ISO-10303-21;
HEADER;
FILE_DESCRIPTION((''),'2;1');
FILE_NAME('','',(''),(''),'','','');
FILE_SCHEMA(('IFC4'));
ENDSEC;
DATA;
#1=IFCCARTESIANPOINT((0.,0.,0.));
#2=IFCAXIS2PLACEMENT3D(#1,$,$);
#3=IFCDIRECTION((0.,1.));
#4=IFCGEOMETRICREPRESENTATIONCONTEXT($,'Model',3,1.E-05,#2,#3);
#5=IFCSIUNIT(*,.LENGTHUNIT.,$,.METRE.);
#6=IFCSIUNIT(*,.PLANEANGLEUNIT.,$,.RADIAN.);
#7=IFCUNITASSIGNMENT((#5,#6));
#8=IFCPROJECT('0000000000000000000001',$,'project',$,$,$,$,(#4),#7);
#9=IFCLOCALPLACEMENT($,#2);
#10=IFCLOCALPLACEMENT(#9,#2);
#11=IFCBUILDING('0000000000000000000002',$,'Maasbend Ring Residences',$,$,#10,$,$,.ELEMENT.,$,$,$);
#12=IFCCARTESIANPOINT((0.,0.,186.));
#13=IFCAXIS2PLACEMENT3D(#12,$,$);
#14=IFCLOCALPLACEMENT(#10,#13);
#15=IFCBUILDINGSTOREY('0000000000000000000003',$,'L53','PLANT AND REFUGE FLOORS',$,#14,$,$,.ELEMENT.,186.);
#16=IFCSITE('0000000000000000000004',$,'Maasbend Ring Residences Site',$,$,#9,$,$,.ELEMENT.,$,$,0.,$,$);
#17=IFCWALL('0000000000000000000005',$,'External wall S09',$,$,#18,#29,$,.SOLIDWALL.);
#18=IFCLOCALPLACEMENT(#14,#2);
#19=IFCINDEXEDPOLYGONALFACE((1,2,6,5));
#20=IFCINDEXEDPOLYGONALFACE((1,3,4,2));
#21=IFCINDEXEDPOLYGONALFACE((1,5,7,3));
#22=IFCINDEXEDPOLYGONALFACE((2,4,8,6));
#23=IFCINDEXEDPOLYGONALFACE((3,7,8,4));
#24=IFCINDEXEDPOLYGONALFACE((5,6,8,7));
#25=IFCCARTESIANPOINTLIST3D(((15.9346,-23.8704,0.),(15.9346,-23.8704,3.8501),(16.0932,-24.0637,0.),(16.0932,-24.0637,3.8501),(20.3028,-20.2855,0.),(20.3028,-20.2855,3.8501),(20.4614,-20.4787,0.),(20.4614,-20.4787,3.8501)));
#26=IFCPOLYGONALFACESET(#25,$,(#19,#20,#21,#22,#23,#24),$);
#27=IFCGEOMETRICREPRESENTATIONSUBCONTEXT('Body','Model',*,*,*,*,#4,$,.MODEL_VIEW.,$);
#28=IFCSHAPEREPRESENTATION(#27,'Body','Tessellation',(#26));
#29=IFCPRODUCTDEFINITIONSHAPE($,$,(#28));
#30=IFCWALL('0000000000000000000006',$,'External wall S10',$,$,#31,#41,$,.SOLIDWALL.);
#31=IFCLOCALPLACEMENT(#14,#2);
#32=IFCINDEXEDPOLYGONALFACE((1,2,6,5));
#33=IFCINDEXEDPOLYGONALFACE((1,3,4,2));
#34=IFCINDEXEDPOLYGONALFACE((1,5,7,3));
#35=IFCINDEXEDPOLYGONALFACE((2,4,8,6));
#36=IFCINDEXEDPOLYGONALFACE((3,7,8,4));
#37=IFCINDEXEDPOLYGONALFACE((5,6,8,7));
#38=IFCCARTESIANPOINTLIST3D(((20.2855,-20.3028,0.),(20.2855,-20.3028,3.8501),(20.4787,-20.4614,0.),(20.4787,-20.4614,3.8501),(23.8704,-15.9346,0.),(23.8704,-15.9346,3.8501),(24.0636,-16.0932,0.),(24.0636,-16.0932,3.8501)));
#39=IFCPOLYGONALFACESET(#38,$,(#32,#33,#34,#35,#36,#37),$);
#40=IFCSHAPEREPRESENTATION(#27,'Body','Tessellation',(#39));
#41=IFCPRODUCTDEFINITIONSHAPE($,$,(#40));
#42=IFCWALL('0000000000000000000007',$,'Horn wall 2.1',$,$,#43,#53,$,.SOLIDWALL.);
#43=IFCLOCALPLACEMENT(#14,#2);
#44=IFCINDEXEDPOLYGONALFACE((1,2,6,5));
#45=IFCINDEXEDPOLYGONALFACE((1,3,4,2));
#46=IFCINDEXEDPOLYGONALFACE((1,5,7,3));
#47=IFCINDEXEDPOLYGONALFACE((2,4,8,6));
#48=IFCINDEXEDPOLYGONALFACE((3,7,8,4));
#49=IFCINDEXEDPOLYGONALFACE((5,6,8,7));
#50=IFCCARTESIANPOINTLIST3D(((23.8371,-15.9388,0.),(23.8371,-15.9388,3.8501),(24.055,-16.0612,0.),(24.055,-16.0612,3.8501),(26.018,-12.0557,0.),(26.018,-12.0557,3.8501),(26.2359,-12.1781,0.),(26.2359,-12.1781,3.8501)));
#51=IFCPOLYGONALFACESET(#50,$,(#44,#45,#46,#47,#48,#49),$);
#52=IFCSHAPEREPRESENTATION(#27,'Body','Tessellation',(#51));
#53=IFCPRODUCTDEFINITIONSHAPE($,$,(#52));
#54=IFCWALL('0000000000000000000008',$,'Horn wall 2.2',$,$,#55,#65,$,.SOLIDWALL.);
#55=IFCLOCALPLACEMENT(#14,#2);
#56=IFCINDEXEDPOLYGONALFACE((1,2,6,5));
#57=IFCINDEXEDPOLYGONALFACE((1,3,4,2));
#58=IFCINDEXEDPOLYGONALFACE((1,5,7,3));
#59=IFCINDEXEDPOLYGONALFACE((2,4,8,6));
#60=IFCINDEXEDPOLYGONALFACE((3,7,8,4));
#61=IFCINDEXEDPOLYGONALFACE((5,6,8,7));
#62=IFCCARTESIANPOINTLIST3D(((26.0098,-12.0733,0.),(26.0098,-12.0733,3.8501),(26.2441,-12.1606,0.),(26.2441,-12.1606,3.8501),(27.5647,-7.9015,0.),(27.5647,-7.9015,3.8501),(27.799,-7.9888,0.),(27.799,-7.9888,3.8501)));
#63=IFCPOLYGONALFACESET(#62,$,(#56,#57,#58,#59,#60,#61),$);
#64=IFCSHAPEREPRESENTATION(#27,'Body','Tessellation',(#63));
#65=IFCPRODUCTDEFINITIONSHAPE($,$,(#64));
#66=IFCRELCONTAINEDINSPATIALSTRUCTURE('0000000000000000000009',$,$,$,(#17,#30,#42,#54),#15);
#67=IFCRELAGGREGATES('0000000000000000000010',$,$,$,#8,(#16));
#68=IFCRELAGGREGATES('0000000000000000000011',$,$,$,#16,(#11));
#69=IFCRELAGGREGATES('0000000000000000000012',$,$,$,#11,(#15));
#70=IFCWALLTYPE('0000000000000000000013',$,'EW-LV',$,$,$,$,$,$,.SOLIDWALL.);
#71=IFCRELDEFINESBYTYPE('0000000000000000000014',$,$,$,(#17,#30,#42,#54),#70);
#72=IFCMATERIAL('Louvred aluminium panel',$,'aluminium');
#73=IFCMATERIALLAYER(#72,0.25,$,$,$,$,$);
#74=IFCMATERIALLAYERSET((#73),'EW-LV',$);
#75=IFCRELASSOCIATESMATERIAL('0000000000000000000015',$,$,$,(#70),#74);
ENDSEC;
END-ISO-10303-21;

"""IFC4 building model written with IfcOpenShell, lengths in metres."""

from ifc_helpers import new_model, si_unit, direction, frame, frame_2d, origin, place, context, subcontext, project, spatial, rectangle, extrude, material, layer, layer_set, type_object, element, save


model = new_model("IFC4")

# Units and contexts
model_context = context("Model", 3, precision=1e-05, world=origin(), true_north=direction((0.0, 1.0)))
body_context = subcontext(model_context, "Body", "Model", "MODEL_VIEW")
ifc_project = project(units=[si_unit("LENGTHUNIT", "METRE"), si_unit("PLANEANGLEUNIT", "RADIAN")], contexts=[model_context])

# Site, building, storey
site_placement = place(None, origin())
site = spatial("IfcSite", under=ifc_project, at=site_placement, Name="Maasbend Ring Residences Site", CompositionType="ELEMENT", RefElevation=0.0)
building_placement = place(site_placement, origin())
building = spatial("IfcBuilding", under=site, at=building_placement, Name="Maasbend Ring Residences", CompositionType="ELEMENT")
storey_placement = place(building_placement, frame((0.0, 0.0, 186.0)))
storey = spatial("IfcBuildingStorey", under=building, at=storey_placement, Name="L53", Description="PLANT AND REFUGE FLOORS", CompositionType="ELEMENT", Elevation=186.0)

# Walls
ifc_material_1 = material(Name="Louvred aluminium panel", Category="aluminium")
ifc_layer_1 = layer(ifc_material_1, 0.25)
ifc_layer_set_1 = layer_set([ifc_layer_1], Name="EW-LV")
wall_type_1 = type_object("IfcWallType", Name="EW-LV", PredefinedType="SOLIDWALL", material=ifc_layer_set_1)
for number, where, z_axis, x_axis, name in (
    (1, (16.0139, -23.967, 0.0), (0.0, 0.0, 1.0), (0.773002, 0.634404, 0.0), "External wall S09"),
    (2, (20.3821, -20.3821, 0.0), (0.0, 0.0, 1.0), (0.634404, 0.773002, 0.0), "External wall S10"),
):
    element("IfcWall", number, at=place(storey_placement, frame(where, z_axis=z_axis, x_axis=x_axis)), inside=storey, type_object=wall_type_1, Name=name, PredefinedType="SOLIDWALL", context=body_context, shape_type="SweptSolid", body=[
        extrude(rectangle(XDim=5.6509, YDim=0.25, at=frame_2d((2.8254, 0.0))), origin(), (0.0, 0.0, 1.0), 3.8501),
    ])
wall_1_placement = place(storey_placement, frame((23.946, -16.0, 0.0), z_axis=(0.0, 0.0, 1.0), x_axis=(0.489696, 0.871893, 0.0)))
element("IfcWall", 3, at=wall_1_placement, inside=storey, type_object=wall_type_1, Name="Horn wall 2.1", PredefinedType="SOLIDWALL", context=body_context, shape_type="SweptSolid", body=[
    extrude(rectangle(XDim=4.4536, YDim=0.25, at=frame_2d((2.2268, 0.0))), origin(), (0.0, 0.0, 1.0), 3.8501),
])
wall_2_placement = place(storey_placement, frame((26.127, -12.1169, 0.0), z_axis=(0.0, 0.0, 1.0), x_axis=(0.349248, 0.93703, 0.0)))
element("IfcWall", 4, at=wall_2_placement, inside=storey, type_object=wall_type_1, Name="Horn wall 2.2", PredefinedType="SOLIDWALL", context=body_context, shape_type="SweptSolid", body=[
    extrude(rectangle(XDim=4.4521, YDim=0.25, at=frame_2d((2.2261, 0.0))), origin(), (0.0, 0.0, 1.0), 3.8501),
])

save(model, "model.ifc")
